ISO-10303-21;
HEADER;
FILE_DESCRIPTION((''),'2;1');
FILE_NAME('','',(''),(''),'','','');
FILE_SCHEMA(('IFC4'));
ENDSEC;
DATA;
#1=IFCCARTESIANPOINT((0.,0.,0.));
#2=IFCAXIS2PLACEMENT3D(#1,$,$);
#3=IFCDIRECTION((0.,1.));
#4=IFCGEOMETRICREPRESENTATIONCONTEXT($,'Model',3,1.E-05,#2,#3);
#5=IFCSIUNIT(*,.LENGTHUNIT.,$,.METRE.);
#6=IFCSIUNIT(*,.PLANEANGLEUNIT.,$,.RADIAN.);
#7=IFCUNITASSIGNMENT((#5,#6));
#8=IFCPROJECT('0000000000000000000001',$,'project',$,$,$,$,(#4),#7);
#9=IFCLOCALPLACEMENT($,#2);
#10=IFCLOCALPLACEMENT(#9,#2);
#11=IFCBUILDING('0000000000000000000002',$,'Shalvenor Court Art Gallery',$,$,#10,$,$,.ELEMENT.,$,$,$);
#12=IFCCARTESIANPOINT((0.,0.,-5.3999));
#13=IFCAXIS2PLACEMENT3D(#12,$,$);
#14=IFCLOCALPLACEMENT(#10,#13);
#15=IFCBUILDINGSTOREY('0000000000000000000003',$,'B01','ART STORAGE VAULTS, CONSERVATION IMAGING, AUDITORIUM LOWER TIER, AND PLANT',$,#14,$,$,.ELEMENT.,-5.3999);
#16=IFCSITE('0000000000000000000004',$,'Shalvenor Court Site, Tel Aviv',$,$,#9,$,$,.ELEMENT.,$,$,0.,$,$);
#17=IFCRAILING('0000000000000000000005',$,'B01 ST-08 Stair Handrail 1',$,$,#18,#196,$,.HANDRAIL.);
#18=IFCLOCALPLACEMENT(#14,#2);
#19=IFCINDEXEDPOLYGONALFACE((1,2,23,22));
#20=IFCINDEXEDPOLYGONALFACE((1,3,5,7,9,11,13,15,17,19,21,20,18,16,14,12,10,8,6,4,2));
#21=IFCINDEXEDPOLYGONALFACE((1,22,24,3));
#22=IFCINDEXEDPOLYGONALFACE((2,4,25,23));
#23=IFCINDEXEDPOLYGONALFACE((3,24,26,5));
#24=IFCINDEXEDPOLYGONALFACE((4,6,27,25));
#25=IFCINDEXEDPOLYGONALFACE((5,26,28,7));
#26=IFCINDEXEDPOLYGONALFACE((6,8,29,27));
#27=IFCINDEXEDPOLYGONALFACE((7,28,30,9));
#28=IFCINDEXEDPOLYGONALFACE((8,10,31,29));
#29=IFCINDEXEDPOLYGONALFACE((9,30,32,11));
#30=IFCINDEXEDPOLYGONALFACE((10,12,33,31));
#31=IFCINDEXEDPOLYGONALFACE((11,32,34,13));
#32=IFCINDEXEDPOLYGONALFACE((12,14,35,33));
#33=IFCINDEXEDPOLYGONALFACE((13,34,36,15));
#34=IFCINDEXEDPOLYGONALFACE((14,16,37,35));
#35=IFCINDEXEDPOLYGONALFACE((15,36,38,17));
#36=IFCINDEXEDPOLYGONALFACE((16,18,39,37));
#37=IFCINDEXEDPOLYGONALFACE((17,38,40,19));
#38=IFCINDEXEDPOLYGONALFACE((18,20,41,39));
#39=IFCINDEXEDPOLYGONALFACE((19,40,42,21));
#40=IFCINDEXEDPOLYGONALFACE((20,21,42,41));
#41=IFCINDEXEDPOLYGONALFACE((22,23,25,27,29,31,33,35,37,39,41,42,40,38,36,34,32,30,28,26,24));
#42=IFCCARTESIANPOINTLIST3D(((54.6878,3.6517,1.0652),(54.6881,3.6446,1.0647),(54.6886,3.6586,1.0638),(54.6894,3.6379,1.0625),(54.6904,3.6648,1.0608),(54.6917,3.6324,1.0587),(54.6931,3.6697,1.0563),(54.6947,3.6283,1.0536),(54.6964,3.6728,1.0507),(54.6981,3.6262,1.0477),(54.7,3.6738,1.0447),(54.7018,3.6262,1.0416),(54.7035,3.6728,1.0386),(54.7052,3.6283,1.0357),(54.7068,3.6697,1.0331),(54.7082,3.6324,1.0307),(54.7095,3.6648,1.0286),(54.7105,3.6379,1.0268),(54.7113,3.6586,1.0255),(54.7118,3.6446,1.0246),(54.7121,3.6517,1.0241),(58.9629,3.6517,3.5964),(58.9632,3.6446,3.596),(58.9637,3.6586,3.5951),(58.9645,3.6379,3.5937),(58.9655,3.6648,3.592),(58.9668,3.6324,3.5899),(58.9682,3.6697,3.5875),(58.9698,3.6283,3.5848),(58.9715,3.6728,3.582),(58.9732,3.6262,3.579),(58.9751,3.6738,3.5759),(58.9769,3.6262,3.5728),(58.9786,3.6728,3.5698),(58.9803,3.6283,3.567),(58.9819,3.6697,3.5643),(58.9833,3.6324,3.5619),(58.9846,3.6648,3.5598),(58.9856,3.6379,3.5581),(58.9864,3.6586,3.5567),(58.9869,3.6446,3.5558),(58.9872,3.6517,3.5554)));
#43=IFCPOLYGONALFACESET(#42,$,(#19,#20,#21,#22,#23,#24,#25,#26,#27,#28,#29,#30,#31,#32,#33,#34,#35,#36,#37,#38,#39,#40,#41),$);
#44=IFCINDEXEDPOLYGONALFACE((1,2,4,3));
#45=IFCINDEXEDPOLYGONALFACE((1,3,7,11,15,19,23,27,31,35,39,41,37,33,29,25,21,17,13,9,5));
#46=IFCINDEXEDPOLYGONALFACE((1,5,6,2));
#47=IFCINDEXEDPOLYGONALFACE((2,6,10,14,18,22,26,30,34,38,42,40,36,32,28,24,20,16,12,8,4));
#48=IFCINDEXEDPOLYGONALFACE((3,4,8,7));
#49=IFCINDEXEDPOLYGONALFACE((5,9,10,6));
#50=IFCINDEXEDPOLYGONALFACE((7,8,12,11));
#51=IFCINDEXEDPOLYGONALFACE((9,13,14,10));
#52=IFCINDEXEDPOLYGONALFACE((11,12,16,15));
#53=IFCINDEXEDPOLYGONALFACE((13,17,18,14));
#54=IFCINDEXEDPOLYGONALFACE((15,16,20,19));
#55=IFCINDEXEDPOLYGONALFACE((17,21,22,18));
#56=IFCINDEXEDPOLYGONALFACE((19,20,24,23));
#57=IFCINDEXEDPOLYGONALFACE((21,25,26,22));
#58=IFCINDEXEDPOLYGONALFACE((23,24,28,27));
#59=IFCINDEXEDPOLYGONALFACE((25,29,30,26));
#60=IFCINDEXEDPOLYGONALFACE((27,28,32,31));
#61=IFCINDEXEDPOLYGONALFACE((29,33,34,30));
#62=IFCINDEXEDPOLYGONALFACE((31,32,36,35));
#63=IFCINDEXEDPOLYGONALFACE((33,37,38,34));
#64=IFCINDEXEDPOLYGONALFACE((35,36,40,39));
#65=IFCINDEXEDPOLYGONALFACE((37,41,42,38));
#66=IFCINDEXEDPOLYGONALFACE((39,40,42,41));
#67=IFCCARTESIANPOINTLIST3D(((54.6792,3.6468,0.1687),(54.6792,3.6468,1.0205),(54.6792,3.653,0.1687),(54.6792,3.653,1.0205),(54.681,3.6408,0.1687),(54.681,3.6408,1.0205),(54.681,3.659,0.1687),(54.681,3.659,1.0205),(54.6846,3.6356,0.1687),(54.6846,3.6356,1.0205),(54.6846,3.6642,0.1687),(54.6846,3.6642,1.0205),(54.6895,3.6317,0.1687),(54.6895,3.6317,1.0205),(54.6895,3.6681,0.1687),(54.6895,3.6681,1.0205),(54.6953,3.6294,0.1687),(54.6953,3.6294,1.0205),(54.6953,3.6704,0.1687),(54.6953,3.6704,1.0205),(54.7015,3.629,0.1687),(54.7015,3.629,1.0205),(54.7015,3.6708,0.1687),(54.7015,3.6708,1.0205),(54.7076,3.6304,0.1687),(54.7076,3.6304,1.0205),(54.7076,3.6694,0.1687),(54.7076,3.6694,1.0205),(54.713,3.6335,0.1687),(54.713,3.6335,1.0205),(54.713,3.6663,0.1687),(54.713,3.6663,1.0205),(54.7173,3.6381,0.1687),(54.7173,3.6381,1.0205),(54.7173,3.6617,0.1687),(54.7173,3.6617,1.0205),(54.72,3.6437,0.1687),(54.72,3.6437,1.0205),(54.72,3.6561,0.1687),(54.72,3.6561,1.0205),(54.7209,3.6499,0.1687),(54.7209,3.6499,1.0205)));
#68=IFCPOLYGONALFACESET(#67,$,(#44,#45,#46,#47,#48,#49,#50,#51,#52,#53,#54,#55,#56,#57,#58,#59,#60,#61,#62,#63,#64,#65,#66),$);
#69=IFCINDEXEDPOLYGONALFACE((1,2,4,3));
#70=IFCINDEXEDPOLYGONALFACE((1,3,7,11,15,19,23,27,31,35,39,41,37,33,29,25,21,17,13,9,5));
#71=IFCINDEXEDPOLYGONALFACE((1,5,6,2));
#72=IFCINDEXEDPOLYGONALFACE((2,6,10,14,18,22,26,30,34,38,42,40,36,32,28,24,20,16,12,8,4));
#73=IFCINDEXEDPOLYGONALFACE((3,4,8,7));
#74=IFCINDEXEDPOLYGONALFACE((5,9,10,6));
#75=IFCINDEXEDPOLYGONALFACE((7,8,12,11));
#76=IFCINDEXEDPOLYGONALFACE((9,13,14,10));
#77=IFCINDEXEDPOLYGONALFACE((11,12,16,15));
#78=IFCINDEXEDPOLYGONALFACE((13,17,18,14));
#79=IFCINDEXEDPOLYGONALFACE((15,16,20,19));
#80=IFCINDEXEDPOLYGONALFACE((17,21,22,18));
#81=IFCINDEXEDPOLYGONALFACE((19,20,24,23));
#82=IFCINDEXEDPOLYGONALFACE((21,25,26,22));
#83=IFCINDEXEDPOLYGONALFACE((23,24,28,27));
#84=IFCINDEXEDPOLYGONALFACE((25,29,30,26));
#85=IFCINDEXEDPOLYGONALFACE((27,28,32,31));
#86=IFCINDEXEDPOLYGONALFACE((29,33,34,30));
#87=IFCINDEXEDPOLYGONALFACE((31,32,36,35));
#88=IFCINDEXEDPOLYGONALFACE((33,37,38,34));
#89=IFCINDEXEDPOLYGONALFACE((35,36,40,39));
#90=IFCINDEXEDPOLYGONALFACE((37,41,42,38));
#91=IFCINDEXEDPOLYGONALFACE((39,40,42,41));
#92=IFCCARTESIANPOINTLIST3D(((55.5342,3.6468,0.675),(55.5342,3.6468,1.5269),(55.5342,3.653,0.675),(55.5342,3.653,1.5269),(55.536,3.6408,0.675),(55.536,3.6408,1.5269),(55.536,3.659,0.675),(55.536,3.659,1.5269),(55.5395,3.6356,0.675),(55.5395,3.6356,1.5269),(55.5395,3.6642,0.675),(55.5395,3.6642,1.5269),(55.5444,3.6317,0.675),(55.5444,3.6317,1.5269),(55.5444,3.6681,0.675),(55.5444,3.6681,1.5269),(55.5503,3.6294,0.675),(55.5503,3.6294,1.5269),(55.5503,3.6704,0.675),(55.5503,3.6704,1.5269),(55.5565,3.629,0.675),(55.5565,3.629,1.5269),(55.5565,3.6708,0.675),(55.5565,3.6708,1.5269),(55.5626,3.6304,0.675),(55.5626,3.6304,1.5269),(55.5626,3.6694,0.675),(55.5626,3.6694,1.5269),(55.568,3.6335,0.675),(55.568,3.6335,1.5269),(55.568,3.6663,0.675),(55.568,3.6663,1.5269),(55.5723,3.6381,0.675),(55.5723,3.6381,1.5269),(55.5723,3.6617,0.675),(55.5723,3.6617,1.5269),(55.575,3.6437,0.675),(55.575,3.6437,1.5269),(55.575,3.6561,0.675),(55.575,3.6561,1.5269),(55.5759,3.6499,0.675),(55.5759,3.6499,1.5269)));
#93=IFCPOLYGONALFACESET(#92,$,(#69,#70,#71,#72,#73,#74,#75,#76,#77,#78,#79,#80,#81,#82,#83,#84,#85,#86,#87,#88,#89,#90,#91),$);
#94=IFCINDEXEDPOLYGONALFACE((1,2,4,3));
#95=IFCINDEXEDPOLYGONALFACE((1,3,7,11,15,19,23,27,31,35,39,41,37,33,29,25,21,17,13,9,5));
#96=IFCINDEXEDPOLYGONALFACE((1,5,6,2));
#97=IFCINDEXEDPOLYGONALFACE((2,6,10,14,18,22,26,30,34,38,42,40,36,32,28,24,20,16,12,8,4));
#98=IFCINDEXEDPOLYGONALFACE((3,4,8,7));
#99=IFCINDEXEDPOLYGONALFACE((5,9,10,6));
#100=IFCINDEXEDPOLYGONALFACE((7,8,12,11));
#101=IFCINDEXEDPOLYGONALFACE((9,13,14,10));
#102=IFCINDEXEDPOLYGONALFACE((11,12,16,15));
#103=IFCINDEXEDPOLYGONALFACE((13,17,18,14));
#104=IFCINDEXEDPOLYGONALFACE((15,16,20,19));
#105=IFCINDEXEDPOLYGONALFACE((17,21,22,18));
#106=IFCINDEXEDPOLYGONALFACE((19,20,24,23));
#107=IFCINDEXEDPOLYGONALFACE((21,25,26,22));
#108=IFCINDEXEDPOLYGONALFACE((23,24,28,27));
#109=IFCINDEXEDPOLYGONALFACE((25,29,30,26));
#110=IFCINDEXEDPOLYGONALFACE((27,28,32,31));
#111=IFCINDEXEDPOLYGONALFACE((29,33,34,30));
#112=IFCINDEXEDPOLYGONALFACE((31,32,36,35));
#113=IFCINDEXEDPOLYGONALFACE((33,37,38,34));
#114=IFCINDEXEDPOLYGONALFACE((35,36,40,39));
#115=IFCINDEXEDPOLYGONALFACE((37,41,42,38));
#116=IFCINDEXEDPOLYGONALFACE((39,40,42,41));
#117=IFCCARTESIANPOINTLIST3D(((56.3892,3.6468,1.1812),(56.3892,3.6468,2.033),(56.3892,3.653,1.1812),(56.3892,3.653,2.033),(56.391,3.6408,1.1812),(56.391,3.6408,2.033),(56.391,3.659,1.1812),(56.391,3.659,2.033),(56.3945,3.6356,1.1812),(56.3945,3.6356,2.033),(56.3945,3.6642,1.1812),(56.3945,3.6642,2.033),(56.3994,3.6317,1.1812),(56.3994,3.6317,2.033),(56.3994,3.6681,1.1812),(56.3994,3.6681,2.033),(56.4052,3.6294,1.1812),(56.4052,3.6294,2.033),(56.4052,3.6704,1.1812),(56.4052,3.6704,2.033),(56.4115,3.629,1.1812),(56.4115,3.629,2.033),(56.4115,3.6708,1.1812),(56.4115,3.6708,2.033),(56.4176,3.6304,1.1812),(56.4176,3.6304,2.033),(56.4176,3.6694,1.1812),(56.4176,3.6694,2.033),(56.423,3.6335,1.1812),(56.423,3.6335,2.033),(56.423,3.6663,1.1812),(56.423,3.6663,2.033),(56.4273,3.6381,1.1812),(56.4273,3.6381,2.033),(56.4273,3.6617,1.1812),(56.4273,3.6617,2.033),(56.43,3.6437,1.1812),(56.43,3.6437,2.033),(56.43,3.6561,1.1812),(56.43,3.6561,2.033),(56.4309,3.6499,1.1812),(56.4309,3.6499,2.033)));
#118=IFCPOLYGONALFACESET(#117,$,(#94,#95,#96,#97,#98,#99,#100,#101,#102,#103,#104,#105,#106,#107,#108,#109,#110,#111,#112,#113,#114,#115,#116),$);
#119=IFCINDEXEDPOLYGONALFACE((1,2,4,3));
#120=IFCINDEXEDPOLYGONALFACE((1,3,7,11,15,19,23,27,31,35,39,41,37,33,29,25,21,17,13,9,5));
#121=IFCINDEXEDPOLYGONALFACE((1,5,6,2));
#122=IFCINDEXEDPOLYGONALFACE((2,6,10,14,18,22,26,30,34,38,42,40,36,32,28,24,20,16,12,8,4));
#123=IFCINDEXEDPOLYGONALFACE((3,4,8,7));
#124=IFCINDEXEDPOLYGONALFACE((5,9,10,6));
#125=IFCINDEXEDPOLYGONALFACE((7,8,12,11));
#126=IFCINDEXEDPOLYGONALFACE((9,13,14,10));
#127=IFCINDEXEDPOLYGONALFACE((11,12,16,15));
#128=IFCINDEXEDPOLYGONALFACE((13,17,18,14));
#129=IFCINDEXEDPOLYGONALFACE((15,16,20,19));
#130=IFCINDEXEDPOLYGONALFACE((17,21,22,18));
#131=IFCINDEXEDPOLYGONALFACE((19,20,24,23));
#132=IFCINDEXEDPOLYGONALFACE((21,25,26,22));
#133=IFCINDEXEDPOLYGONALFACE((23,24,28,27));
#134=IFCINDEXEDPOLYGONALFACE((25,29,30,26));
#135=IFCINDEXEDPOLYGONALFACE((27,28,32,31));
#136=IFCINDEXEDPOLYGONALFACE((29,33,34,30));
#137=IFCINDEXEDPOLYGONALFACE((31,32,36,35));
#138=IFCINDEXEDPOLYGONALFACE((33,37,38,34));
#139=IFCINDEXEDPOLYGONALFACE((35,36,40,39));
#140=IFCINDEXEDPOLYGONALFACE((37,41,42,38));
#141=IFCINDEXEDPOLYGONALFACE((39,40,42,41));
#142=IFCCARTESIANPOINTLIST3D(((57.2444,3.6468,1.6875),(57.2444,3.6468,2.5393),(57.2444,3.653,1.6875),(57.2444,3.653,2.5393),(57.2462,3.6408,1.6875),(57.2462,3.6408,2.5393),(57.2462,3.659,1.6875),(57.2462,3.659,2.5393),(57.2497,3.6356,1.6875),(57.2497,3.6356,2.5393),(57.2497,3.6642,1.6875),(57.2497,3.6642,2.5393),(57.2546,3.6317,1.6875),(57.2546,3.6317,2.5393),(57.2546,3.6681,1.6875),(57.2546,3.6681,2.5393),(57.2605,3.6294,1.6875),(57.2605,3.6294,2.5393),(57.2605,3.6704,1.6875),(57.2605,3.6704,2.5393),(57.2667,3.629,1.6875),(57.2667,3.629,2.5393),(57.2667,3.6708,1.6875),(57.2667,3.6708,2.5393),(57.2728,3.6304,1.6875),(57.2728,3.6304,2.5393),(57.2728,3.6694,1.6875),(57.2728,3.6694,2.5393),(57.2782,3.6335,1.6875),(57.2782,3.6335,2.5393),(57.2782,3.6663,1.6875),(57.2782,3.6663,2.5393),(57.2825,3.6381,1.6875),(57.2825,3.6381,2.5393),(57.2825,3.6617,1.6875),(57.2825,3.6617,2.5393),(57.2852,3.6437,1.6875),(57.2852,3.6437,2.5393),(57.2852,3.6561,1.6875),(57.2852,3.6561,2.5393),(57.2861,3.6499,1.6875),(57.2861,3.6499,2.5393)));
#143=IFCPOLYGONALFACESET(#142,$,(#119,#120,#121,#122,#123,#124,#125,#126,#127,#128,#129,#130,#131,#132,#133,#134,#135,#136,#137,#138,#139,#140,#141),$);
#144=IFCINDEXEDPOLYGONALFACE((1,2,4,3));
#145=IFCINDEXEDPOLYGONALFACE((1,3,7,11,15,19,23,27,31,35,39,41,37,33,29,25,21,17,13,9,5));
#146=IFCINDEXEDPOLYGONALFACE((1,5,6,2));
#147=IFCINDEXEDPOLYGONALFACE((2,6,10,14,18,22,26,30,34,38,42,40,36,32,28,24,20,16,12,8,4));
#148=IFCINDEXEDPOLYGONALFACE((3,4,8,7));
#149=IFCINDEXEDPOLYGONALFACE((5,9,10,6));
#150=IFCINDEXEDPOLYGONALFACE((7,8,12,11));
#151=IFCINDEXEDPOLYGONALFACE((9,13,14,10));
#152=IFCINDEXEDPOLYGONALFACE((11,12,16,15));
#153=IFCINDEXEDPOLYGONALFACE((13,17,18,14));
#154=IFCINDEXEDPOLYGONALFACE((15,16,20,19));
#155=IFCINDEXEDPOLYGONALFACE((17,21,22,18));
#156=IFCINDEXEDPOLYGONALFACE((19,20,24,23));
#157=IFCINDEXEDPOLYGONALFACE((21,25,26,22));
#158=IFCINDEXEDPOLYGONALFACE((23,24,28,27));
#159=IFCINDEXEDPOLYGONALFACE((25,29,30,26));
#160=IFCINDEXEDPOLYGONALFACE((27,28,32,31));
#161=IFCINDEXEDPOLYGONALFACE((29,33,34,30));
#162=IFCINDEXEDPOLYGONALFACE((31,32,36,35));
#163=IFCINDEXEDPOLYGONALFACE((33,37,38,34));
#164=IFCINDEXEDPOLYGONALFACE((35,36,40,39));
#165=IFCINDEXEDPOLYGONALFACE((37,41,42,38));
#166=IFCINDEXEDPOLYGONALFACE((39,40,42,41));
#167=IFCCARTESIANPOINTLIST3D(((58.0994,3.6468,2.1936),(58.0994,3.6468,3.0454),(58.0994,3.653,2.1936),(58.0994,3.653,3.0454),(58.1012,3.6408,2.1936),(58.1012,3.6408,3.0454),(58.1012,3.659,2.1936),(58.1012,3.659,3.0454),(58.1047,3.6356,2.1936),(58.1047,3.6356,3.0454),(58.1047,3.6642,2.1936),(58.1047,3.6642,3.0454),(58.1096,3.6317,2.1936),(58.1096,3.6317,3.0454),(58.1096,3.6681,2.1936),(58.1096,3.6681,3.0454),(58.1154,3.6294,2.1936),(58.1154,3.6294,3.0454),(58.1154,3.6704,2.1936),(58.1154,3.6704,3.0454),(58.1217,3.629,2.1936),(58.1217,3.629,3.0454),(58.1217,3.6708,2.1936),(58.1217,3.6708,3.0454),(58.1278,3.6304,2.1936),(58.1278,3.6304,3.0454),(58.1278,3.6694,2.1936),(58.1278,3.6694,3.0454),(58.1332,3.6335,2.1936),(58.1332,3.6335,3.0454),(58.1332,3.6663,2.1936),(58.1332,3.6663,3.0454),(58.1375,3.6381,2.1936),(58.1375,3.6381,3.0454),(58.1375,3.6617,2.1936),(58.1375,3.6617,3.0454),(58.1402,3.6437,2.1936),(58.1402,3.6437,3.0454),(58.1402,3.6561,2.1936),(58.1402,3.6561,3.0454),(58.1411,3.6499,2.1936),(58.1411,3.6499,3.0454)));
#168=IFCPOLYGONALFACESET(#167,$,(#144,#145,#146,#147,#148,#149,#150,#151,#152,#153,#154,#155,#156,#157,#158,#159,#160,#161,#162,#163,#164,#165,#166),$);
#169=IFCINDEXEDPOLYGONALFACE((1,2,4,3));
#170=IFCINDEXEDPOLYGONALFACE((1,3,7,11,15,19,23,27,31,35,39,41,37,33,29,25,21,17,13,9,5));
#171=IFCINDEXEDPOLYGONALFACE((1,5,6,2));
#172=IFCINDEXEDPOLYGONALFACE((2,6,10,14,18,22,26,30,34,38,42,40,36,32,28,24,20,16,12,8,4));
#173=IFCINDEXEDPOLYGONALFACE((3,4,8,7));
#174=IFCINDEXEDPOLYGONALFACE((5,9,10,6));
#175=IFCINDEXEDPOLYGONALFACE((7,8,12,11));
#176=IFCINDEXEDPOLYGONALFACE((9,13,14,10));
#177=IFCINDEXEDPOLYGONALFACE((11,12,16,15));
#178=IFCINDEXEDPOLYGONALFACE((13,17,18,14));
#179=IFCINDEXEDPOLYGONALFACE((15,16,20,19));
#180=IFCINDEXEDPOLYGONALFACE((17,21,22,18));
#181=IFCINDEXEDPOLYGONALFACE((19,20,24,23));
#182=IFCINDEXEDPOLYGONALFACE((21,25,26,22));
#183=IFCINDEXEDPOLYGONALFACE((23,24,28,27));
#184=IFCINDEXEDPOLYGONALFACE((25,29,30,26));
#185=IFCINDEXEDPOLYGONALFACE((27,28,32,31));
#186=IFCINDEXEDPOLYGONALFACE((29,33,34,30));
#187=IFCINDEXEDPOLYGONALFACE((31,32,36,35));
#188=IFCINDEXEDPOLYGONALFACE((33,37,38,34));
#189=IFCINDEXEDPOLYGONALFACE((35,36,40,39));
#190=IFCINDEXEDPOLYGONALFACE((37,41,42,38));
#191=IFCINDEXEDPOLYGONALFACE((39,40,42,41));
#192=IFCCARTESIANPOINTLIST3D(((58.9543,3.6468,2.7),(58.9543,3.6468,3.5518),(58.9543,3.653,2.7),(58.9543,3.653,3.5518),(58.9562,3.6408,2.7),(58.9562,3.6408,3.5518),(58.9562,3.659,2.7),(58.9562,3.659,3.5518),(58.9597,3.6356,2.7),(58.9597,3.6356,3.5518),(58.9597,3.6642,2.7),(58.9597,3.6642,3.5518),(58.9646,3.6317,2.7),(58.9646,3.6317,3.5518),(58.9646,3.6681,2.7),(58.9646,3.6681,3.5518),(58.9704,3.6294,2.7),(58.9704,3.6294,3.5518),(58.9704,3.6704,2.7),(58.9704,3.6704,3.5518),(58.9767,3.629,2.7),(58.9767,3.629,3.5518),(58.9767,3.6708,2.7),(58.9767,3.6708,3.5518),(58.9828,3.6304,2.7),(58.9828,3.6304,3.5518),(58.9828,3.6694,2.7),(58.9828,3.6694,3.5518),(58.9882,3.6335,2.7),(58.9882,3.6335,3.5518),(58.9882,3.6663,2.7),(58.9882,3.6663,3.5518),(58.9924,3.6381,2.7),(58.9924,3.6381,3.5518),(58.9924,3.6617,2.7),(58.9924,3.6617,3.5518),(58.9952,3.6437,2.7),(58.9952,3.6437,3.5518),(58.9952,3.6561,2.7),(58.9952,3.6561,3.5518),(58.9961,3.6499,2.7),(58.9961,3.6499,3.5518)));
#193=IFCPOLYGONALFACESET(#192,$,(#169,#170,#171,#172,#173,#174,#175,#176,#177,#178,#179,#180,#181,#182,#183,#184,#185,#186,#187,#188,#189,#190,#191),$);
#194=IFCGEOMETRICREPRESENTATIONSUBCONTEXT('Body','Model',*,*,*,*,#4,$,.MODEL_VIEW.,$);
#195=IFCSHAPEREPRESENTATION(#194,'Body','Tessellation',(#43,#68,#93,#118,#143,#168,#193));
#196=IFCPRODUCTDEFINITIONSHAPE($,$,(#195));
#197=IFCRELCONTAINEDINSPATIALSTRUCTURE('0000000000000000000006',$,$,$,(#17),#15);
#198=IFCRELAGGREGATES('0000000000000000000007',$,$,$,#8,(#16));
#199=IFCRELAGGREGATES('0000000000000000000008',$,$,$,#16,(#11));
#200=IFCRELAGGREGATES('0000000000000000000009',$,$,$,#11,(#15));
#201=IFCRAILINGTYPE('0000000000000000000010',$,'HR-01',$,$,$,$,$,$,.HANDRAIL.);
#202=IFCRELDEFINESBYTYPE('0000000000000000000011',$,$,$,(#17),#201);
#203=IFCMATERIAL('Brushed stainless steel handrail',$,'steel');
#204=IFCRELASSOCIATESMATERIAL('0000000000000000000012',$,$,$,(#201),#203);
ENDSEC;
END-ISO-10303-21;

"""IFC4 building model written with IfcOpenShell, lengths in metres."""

from ifc_helpers import new_model, si_unit, direction, frame, origin, origin_2d, place, context, subcontext, project, spatial, circle, extrude, material, type_object, element, save


model = new_model("IFC4")

# Units and contexts
model_context = context("Model", 3, precision=1e-05, world=origin(), true_north=direction((0.0, 1.0)))
body_context = subcontext(model_context, "Body", "Model", "MODEL_VIEW")
ifc_project = project(units=[si_unit("LENGTHUNIT", "METRE"), si_unit("PLANEANGLEUNIT", "RADIAN")], contexts=[model_context])

# Site, building, storey
site_placement = place(None, origin())
site = spatial("IfcSite", under=ifc_project, at=site_placement, Name="Shalvenor Court Site, Tel Aviv", CompositionType="ELEMENT", RefElevation=0.0)
building_placement = place(site_placement, origin())
building = spatial("IfcBuilding", under=site, at=building_placement, Name="Shalvenor Court Art Gallery", CompositionType="ELEMENT")
storey_placement = place(building_placement, frame((0.0, 0.0, -5.3999)))
storey = spatial("IfcBuildingStorey", under=building, at=storey_placement, Name="B01", Description="ART STORAGE VAULTS, CONSERVATION IMAGING, AUDITORIUM LOWER TIER, AND PLANT", CompositionType="ELEMENT", Elevation=-5.3999)

# Railing
ifc_material_1 = material(Name="Brushed stainless steel handrail", Category="steel")
railing_type_1 = type_object("IfcRailingType", Name="HR-01", PredefinedType="HANDRAIL", material=ifc_material_1)
railing_1_placement = place(storey_placement, frame((54.7, 3.6499, 0.1687)))
element("IfcRailing", 1, at=railing_1_placement, inside=storey, type_object=railing_type_1, Name="B01 ST-08 Stair Handrail 1", PredefinedType="HANDRAIL", context=body_context, shape_type="SweptSolid", body=[
    extrude(circle(Radius=0.0239, at=origin_2d()), frame((0.0, 0.0, 0.876), z_axis=(0.860483, 0.0, 0.509479), x_axis=(0.0, 1.0, 0.0)), (0.0, 0.0, 1.0), 4.9683),
    extrude(circle(Radius=0.021, at=origin_2d()), origin(), (0.0, 0.0, 1.0), 0.8518),
    extrude(circle(Radius=0.021, at=origin_2d()), frame((0.855, 0.0, 0.5063)), (0.0, 0.0, 1.0), 0.8518),
    extrude(circle(Radius=0.021, at=origin_2d()), frame((1.71, 0.0, 1.0125)), (0.0, 0.0, 1.0), 0.8518),
    extrude(circle(Radius=0.021, at=origin_2d()), frame((2.5652, 0.0, 1.5188)), (0.0, 0.0, 1.0), 0.8518),
    extrude(circle(Radius=0.021, at=origin_2d()), frame((3.4202, 0.0, 2.0249)), (0.0, 0.0, 1.0), 0.8518),
    extrude(circle(Radius=0.021, at=origin_2d()), frame((4.2751, 0.0, 2.5312)), (0.0, 0.0, 1.0), 0.8518),
])

save(model, "model.ifc")
